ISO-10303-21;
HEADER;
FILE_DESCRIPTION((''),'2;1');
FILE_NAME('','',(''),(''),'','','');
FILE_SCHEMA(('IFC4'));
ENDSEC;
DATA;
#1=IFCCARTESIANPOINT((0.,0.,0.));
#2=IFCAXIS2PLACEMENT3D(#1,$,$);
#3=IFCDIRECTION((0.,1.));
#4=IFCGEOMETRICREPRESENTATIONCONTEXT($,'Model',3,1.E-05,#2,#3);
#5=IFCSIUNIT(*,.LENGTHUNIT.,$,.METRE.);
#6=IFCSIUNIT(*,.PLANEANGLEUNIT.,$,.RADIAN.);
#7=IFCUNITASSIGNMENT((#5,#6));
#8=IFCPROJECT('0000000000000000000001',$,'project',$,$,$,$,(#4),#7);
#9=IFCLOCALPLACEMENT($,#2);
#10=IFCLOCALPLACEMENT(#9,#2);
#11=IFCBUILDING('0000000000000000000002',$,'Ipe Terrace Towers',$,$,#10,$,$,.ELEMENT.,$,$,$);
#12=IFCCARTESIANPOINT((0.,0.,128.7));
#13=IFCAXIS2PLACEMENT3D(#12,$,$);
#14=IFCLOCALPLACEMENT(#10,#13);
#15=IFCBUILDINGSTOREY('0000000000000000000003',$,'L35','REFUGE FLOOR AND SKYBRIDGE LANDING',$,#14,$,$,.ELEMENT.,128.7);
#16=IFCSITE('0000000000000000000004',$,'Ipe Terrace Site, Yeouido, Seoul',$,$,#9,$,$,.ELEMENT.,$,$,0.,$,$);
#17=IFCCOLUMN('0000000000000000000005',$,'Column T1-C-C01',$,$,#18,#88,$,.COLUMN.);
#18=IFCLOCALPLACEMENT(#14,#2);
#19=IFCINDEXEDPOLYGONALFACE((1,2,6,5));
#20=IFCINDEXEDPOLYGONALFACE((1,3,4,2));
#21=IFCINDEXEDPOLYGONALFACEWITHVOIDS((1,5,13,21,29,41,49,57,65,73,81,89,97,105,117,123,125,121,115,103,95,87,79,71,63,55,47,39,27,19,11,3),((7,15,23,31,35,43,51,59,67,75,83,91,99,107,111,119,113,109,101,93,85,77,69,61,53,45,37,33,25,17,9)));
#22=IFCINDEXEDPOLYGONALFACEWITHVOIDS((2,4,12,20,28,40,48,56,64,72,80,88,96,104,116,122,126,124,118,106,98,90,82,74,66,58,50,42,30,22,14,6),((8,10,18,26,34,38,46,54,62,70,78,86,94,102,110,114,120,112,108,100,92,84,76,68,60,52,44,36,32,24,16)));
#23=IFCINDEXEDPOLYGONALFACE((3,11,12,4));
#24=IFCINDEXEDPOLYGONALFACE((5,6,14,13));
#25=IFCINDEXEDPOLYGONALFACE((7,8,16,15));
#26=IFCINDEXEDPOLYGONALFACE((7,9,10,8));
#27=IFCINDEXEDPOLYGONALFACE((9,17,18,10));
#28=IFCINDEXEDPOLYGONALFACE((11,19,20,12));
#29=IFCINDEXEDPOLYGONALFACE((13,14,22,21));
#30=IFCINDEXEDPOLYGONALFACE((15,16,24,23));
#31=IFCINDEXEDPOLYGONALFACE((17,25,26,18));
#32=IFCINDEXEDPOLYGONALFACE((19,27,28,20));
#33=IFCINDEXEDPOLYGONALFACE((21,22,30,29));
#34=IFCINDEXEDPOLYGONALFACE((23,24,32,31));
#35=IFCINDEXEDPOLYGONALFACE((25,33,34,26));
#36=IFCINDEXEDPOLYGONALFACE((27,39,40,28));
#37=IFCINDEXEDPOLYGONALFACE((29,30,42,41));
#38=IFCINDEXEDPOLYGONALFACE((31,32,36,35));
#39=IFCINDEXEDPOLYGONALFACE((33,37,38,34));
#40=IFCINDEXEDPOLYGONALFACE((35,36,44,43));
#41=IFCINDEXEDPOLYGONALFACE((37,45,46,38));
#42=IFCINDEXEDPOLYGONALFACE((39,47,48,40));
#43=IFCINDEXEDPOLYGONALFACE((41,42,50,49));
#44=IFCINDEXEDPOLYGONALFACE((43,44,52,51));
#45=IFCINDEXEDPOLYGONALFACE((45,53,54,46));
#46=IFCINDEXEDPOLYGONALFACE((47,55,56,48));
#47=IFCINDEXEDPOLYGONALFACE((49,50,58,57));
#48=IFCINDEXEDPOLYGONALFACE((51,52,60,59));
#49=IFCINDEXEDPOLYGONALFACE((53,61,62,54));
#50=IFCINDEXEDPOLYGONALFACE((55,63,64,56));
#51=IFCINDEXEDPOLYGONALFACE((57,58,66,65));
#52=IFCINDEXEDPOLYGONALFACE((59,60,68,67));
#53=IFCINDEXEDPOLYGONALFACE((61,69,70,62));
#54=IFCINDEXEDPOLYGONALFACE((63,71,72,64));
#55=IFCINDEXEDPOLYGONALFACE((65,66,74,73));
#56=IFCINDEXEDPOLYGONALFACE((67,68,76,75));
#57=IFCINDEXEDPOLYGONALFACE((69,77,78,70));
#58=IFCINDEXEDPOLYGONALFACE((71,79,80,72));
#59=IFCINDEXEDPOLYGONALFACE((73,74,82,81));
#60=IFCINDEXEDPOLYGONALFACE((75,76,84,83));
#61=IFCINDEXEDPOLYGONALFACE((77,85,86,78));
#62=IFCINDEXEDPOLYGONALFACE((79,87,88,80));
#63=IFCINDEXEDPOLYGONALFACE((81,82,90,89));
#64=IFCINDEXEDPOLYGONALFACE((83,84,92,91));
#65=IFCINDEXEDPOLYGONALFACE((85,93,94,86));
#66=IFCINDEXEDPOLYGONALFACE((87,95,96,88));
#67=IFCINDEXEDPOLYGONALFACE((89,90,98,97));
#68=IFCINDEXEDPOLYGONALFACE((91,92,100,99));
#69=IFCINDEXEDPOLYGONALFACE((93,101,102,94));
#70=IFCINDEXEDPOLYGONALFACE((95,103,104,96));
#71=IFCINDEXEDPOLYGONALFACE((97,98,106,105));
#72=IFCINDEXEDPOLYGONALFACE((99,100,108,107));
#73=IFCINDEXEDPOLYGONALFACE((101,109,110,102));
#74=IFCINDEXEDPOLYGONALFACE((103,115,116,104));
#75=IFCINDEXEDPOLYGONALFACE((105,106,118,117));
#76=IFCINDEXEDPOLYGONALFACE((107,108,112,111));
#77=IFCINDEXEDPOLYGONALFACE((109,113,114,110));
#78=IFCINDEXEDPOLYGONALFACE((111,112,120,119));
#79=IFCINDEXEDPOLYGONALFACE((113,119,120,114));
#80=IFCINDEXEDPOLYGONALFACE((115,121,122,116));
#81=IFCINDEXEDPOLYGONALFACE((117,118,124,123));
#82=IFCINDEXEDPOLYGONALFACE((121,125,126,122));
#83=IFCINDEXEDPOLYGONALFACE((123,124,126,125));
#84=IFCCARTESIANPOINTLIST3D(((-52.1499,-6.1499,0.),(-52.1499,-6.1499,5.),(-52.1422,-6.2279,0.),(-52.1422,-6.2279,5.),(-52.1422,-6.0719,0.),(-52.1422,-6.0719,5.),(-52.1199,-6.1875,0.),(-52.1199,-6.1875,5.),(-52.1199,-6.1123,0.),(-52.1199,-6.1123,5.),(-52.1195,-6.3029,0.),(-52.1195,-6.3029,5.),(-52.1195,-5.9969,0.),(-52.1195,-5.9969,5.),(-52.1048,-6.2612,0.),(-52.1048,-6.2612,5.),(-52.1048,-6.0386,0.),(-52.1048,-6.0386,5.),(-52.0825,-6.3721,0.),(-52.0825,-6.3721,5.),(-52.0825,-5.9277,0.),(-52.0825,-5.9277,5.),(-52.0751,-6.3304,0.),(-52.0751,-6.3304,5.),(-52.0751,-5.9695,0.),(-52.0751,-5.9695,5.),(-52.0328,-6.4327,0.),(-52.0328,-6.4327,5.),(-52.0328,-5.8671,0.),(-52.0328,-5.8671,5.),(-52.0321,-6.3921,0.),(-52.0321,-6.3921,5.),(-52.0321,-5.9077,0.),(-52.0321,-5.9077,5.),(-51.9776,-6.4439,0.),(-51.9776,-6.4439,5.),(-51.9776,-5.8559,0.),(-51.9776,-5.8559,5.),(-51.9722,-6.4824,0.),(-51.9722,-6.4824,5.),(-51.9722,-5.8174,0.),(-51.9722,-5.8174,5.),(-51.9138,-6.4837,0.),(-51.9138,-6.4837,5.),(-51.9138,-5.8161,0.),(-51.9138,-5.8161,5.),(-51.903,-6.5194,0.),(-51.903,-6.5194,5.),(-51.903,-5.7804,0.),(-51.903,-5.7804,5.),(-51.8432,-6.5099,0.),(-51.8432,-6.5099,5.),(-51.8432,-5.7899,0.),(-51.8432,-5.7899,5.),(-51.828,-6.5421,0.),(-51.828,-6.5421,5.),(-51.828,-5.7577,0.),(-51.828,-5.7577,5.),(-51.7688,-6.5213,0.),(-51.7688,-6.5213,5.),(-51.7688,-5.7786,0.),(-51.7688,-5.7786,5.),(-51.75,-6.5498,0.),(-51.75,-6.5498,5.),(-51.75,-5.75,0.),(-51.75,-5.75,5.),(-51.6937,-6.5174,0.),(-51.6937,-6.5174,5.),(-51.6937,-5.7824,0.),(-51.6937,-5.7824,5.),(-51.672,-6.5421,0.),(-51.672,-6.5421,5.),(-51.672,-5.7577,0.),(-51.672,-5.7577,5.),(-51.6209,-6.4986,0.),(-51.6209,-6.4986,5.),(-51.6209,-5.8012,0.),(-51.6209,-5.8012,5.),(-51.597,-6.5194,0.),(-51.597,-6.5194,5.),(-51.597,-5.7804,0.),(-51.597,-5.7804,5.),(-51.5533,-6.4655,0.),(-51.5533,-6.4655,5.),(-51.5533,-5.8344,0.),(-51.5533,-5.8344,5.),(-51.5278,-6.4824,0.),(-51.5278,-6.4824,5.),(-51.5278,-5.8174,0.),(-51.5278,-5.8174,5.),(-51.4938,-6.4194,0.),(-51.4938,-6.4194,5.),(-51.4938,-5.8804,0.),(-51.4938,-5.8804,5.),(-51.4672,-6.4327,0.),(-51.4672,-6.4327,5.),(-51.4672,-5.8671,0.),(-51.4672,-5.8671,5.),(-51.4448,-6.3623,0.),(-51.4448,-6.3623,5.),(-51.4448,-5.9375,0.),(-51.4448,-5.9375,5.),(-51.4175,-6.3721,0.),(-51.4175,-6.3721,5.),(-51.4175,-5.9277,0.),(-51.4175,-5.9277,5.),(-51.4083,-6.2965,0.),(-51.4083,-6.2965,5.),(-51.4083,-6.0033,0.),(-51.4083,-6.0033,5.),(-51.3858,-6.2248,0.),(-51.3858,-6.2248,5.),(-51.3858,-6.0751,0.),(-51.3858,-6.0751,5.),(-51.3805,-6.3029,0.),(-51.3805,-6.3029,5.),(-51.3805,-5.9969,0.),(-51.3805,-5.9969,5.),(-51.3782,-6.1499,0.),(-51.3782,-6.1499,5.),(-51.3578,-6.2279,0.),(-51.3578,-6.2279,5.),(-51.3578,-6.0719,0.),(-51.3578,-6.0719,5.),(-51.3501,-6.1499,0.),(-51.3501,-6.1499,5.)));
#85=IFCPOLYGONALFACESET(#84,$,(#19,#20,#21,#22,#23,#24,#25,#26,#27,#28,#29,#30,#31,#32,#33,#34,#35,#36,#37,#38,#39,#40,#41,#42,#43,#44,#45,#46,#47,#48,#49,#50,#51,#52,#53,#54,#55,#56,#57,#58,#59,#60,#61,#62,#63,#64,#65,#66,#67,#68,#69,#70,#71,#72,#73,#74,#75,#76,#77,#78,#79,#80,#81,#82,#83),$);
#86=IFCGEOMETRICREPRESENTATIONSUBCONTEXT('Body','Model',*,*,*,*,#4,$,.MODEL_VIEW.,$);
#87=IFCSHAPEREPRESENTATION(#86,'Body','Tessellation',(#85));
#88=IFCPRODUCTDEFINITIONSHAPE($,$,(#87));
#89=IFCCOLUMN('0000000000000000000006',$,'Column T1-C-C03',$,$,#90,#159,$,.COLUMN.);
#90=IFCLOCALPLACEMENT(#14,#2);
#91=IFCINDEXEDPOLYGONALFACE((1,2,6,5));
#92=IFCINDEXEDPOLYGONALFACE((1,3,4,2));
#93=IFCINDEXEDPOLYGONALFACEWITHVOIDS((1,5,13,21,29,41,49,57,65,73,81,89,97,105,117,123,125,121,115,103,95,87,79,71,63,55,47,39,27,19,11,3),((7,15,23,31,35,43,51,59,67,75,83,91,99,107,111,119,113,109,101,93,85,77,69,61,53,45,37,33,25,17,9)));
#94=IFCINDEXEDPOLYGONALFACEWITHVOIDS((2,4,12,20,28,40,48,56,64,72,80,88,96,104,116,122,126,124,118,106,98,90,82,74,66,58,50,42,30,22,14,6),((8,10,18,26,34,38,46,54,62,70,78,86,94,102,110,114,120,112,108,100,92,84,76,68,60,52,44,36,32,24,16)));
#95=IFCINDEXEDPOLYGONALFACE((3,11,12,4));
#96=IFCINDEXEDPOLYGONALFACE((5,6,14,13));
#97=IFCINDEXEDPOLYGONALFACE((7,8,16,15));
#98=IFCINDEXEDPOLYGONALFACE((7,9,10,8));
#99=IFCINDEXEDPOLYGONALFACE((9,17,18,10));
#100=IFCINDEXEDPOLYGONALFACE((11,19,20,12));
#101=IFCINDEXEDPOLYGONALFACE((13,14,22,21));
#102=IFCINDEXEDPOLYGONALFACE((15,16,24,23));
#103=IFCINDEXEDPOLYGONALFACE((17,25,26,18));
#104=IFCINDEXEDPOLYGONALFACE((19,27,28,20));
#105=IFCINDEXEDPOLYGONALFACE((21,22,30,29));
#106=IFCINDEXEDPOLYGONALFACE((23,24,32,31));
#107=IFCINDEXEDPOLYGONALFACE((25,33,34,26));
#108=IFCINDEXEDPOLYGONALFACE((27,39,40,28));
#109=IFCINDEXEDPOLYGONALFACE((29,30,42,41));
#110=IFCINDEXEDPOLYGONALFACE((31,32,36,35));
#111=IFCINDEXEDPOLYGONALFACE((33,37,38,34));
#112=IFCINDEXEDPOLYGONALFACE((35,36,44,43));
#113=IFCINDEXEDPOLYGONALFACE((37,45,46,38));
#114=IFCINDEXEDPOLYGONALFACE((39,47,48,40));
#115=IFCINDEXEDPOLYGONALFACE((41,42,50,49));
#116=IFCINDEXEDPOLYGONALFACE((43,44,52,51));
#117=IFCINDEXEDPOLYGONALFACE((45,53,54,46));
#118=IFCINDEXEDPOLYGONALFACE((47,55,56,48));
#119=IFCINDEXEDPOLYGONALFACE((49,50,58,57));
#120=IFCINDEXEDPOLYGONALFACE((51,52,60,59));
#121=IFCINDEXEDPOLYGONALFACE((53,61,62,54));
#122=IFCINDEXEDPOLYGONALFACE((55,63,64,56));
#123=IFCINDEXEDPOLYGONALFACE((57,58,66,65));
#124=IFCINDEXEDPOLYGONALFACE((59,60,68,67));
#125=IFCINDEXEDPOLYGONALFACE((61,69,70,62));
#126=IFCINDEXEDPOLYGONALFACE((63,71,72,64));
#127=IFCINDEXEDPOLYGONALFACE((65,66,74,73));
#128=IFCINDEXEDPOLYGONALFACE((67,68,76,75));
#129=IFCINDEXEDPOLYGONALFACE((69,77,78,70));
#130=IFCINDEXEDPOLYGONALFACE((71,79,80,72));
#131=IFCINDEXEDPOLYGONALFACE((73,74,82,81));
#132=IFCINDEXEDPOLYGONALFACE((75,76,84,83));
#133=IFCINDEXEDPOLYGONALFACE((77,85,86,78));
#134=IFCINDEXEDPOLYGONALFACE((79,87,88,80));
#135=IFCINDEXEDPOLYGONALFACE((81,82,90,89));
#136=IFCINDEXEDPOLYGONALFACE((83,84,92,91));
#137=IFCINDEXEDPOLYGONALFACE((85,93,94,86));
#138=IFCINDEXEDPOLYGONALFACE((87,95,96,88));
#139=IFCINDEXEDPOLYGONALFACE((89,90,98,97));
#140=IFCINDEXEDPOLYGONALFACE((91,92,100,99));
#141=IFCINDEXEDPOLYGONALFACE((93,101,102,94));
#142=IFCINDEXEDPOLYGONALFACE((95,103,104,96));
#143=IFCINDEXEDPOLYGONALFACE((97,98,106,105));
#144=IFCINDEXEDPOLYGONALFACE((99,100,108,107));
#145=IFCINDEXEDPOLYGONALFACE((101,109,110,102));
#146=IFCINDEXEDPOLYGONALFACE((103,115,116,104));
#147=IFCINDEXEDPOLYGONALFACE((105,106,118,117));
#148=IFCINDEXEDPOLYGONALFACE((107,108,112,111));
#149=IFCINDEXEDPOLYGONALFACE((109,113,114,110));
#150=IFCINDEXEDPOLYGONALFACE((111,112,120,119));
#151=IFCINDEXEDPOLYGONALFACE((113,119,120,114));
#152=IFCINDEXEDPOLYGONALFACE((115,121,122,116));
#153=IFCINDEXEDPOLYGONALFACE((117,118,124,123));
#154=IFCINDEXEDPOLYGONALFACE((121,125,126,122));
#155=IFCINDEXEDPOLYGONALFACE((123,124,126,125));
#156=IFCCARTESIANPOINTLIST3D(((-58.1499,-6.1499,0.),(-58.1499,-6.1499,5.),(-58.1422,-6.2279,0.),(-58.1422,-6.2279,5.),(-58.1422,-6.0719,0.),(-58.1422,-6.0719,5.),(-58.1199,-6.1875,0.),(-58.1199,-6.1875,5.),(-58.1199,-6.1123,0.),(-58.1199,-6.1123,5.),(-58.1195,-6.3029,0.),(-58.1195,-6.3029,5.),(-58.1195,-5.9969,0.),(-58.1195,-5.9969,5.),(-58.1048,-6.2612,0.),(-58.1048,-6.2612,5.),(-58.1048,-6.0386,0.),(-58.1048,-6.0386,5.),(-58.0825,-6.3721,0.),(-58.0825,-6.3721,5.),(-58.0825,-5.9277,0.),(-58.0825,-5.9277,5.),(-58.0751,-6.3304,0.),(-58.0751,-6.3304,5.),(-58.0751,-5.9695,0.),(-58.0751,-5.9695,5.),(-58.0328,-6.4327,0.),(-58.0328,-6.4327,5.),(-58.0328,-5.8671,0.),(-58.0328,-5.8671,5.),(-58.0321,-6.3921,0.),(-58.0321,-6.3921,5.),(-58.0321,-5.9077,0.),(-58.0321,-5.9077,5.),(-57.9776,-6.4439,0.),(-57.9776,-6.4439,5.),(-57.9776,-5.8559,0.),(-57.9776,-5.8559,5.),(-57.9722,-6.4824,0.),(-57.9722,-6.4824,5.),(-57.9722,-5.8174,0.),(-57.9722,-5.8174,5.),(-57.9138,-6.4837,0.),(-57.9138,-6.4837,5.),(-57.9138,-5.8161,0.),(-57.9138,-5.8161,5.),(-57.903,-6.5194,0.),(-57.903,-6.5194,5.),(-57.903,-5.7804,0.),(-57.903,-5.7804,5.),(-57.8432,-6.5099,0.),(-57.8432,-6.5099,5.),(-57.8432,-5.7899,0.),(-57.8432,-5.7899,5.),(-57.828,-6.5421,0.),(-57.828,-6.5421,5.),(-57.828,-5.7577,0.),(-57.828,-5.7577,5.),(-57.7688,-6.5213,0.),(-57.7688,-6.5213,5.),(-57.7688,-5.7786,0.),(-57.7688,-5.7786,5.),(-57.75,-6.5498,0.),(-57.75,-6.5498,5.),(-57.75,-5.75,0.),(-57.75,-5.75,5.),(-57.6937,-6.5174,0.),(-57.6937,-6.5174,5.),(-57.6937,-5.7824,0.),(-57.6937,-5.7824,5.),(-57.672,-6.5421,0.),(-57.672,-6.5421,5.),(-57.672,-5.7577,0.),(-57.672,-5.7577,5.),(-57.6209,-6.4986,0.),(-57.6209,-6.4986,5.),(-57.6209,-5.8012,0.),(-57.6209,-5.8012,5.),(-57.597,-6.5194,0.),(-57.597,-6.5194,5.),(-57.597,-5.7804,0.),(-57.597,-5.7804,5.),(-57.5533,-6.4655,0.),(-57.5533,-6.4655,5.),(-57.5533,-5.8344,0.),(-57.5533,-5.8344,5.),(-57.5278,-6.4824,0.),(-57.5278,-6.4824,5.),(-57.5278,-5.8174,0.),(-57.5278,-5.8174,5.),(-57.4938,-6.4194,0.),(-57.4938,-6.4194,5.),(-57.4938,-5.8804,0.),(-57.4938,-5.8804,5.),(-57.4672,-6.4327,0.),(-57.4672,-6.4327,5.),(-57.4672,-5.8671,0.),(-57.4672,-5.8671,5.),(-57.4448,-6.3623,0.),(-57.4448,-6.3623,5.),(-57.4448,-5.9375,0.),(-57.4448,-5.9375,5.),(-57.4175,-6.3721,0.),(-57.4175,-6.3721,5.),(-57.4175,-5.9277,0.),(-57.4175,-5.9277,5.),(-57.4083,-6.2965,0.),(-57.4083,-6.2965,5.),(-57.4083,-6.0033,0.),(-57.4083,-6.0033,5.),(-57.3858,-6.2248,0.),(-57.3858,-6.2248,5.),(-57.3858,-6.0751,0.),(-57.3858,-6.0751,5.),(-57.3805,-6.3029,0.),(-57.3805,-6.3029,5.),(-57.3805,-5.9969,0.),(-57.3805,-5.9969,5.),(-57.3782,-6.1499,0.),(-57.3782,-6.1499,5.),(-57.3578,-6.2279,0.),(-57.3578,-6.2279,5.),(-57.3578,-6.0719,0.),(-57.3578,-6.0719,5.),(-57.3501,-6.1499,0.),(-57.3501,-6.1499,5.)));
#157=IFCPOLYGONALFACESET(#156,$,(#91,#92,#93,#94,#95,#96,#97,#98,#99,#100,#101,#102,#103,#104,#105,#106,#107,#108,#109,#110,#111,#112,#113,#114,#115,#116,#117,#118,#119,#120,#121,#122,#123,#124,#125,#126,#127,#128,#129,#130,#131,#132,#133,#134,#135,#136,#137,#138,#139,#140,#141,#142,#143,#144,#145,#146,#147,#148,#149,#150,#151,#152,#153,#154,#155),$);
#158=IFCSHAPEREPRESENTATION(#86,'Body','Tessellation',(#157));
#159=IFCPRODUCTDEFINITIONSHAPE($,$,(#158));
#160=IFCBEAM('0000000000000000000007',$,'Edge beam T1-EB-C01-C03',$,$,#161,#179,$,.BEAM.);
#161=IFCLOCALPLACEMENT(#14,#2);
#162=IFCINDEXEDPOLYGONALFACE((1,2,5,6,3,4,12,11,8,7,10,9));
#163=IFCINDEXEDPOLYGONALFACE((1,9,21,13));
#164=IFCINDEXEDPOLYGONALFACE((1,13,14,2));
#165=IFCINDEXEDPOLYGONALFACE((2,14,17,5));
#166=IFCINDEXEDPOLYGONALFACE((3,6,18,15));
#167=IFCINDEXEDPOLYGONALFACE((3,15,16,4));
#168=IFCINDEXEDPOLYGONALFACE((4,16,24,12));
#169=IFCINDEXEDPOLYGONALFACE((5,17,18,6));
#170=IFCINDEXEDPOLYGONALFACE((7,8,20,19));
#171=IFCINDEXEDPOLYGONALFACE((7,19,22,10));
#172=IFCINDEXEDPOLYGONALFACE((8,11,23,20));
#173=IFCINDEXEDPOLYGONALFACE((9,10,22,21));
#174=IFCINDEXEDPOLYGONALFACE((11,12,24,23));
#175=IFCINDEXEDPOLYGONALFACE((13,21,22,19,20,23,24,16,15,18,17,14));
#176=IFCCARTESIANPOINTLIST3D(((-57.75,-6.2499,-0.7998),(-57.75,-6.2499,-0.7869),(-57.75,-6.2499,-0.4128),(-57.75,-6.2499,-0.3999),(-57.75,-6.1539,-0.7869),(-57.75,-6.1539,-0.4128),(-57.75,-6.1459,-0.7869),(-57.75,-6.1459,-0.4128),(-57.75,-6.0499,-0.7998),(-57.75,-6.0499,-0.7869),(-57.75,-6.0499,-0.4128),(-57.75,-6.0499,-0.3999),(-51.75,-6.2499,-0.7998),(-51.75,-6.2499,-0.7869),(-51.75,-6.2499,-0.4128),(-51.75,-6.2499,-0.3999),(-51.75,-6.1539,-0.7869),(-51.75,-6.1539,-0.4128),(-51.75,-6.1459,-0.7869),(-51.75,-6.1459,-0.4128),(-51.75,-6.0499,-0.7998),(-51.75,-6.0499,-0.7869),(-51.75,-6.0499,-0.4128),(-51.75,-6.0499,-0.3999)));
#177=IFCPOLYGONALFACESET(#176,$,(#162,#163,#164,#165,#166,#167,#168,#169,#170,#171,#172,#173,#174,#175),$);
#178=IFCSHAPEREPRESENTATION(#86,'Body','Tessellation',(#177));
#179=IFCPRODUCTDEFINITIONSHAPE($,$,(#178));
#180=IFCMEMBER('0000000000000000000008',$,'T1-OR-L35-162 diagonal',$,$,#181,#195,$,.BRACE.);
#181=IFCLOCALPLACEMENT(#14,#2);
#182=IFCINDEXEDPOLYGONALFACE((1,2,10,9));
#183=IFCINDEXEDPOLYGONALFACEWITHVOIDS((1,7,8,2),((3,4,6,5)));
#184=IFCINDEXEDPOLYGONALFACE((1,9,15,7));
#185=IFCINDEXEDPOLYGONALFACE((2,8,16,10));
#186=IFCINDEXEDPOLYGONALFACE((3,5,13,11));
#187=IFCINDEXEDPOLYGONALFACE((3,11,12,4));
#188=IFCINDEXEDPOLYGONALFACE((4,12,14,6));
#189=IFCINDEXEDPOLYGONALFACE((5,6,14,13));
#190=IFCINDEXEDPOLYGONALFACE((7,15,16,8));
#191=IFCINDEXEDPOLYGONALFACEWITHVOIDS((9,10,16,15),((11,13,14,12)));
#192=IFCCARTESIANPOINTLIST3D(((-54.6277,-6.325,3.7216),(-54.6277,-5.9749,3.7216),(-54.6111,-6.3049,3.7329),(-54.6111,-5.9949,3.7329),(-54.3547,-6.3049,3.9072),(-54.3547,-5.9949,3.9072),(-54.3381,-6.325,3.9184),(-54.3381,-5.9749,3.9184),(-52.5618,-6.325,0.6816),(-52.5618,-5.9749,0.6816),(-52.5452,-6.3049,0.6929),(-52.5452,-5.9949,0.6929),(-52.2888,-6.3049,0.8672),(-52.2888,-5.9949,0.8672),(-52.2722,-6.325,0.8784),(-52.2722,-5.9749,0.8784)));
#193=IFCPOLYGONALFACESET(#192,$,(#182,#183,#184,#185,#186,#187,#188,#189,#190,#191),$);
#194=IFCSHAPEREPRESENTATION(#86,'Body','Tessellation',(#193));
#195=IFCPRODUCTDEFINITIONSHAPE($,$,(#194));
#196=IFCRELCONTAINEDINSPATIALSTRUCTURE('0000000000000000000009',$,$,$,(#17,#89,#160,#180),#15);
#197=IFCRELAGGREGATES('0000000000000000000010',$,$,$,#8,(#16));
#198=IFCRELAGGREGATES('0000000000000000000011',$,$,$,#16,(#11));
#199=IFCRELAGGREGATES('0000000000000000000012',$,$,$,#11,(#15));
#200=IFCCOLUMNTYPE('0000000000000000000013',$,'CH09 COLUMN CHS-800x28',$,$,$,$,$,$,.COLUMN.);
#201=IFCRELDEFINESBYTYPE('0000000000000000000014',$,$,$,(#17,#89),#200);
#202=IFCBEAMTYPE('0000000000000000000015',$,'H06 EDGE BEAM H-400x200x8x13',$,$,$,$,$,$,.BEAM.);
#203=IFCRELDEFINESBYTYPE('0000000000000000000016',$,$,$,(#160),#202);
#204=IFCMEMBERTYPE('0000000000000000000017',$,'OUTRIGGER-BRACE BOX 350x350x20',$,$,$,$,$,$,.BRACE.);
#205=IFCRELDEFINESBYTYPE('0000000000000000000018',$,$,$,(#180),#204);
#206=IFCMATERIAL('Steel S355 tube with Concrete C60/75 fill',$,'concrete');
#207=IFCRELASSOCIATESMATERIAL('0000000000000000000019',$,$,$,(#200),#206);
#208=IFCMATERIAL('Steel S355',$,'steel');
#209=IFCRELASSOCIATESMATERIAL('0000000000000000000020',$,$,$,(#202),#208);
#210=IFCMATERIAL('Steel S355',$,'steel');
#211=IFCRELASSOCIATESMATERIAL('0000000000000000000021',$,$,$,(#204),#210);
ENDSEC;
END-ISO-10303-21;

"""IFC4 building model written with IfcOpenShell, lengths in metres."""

from ifc_helpers import new_model, si_unit, direction, frame, origin, origin_2d, place, context, subcontext, project, spatial, hollow_rectangle, hollow_circle, i_section, extrude, material, material_profile, profile_set, type_object, element, save


model = new_model("IFC4")

# Units and contexts
model_context = context("Model", 3, precision=1e-05, world=origin(), true_north=direction((0.0, 1.0)))
body_context = subcontext(model_context, "Body", "Model", "MODEL_VIEW")
ifc_project = project(units=[si_unit("LENGTHUNIT", "METRE"), si_unit("PLANEANGLEUNIT", "RADIAN")], contexts=[model_context])

# Site, building, storey
site_placement = place(None, origin())
site = spatial("IfcSite", under=ifc_project, at=site_placement, Name="Ipe Terrace Site, Yeouido, Seoul", CompositionType="ELEMENT", RefElevation=0.0)
building_placement = place(site_placement, origin())
building = spatial("IfcBuilding", under=site, at=building_placement, Name="Ipe Terrace Towers", CompositionType="ELEMENT")
storey_placement = place(building_placement, frame((0.0, 0.0, 128.7)))
storey = spatial("IfcBuildingStorey", under=building, at=storey_placement, Name="L35", Description="REFUGE FLOOR AND SKYBRIDGE LANDING", CompositionType="ELEMENT", Elevation=128.7)

# Columns
ifc_material_1 = material(Name="Steel S355 tube with Concrete C60/75 fill", Category="concrete")
ifc_material_profile_1 = material_profile(ifc_material_1, hollow_circle(Radius=0.3999, WallThickness=0.0281, at=origin_2d()), Name="CHS-800x28")
ifc_profile_set_1 = profile_set([ifc_material_profile_1], Name="Steel S355 tube with Concrete C60/75 fill")
column_type = type_object("IfcColumnType", Name="CH09 COLUMN CHS-800x28", PredefinedType="COLUMN", material=ifc_profile_set_1)
for number, where, z_axis, x_axis, name in (
    (1, (-51.75, -6.1499, 0.0), (0.0, 0.0, 1.0), (1.0, 0.0, 0.0), "Column T1-C-C01"),
    (2, (-57.75, -6.1499, 0.0), (0.0, 0.0, 1.0), (1.0, 0.0, 0.0), "Column T1-C-C03"),
):
    element("IfcColumn", number, at=place(storey_placement, frame(where, z_axis=z_axis, x_axis=x_axis)), inside=storey, type_object=column_type, Name=name, PredefinedType="COLUMN", context=body_context, shape_type="SweptSolid", body=[
        extrude(hollow_circle(Radius=0.3999, WallThickness=0.0281, at=origin_2d()), origin(), (0.0, 0.0, 1.0), 5.0),
    ])

# Beam
ifc_material_2 = material(Name="Steel S355", Category="steel")
ifc_material_profile_2 = material_profile(ifc_material_2, i_section(OverallWidth=0.2, OverallDepth=0.3999, WebThickness=0.0081, FlangeThickness=0.0129, at=origin_2d()), Name="H-400x200x8x13")
ifc_profile_set_2 = profile_set([ifc_material_profile_2], Name="Steel S355")
beam_type = type_object("IfcBeamType", Name="H06 EDGE BEAM H-400x200x8x13", PredefinedType="BEAM", material=ifc_profile_set_2)
beam_placement = place(storey_placement, frame((-51.75, -6.1499, -0.5999), z_axis=(-1.0, 0.0, 0.0), x_axis=(0.0, -1.0, 0.0)))
element("IfcBeam", 3, at=beam_placement, inside=storey, type_object=beam_type, Name="Edge beam T1-EB-C01-C03", PredefinedType="BEAM", context=body_context, shape_type="SweptSolid", body=[
    extrude(i_section(OverallWidth=0.2, OverallDepth=0.3999, WebThickness=0.0081, FlangeThickness=0.0129, at=origin_2d()), origin(), (0.0, 0.0, 1.0), 6.0),
])

# Member
ifc_material_3 = material(Name="Steel S355", Category="steel")
ifc_material_profile_3 = material_profile(ifc_material_3, hollow_rectangle(XDim=0.3501, YDim=0.3501, WallThickness=0.02, at=origin_2d()), Name="OUTRIGGER-BRACE BOX 350x350x20")
ifc_profile_set_3 = profile_set([ifc_material_profile_3], Name="Steel S355")
member_type_1 = type_object("IfcMemberType", Name="OUTRIGGER-BRACE BOX 350x350x20", PredefinedType="BRACE", material=ifc_profile_set_3)
for number, where, z_axis, x_axis, name in (
    (4, (-52.417, -6.1499, 0.78), (-0.562067, 0.0, 0.827092), (0.0, -1.0, 0.0), "T1-OR-L35-162 diagonal"),
):
    element("IfcMember", number, at=place(storey_placement, frame(where, z_axis=z_axis, x_axis=x_axis)), inside=storey, type_object=member_type_1, Name=name, PredefinedType="BRACE", context=body_context, shape_type="SweptSolid", body=[
        extrude(hollow_rectangle(XDim=0.3501, YDim=0.3501, WallThickness=0.02, at=origin_2d()), origin(), (0.0, 0.0, 1.0), 3.6755),
    ])

save(model, "model.ifc")
